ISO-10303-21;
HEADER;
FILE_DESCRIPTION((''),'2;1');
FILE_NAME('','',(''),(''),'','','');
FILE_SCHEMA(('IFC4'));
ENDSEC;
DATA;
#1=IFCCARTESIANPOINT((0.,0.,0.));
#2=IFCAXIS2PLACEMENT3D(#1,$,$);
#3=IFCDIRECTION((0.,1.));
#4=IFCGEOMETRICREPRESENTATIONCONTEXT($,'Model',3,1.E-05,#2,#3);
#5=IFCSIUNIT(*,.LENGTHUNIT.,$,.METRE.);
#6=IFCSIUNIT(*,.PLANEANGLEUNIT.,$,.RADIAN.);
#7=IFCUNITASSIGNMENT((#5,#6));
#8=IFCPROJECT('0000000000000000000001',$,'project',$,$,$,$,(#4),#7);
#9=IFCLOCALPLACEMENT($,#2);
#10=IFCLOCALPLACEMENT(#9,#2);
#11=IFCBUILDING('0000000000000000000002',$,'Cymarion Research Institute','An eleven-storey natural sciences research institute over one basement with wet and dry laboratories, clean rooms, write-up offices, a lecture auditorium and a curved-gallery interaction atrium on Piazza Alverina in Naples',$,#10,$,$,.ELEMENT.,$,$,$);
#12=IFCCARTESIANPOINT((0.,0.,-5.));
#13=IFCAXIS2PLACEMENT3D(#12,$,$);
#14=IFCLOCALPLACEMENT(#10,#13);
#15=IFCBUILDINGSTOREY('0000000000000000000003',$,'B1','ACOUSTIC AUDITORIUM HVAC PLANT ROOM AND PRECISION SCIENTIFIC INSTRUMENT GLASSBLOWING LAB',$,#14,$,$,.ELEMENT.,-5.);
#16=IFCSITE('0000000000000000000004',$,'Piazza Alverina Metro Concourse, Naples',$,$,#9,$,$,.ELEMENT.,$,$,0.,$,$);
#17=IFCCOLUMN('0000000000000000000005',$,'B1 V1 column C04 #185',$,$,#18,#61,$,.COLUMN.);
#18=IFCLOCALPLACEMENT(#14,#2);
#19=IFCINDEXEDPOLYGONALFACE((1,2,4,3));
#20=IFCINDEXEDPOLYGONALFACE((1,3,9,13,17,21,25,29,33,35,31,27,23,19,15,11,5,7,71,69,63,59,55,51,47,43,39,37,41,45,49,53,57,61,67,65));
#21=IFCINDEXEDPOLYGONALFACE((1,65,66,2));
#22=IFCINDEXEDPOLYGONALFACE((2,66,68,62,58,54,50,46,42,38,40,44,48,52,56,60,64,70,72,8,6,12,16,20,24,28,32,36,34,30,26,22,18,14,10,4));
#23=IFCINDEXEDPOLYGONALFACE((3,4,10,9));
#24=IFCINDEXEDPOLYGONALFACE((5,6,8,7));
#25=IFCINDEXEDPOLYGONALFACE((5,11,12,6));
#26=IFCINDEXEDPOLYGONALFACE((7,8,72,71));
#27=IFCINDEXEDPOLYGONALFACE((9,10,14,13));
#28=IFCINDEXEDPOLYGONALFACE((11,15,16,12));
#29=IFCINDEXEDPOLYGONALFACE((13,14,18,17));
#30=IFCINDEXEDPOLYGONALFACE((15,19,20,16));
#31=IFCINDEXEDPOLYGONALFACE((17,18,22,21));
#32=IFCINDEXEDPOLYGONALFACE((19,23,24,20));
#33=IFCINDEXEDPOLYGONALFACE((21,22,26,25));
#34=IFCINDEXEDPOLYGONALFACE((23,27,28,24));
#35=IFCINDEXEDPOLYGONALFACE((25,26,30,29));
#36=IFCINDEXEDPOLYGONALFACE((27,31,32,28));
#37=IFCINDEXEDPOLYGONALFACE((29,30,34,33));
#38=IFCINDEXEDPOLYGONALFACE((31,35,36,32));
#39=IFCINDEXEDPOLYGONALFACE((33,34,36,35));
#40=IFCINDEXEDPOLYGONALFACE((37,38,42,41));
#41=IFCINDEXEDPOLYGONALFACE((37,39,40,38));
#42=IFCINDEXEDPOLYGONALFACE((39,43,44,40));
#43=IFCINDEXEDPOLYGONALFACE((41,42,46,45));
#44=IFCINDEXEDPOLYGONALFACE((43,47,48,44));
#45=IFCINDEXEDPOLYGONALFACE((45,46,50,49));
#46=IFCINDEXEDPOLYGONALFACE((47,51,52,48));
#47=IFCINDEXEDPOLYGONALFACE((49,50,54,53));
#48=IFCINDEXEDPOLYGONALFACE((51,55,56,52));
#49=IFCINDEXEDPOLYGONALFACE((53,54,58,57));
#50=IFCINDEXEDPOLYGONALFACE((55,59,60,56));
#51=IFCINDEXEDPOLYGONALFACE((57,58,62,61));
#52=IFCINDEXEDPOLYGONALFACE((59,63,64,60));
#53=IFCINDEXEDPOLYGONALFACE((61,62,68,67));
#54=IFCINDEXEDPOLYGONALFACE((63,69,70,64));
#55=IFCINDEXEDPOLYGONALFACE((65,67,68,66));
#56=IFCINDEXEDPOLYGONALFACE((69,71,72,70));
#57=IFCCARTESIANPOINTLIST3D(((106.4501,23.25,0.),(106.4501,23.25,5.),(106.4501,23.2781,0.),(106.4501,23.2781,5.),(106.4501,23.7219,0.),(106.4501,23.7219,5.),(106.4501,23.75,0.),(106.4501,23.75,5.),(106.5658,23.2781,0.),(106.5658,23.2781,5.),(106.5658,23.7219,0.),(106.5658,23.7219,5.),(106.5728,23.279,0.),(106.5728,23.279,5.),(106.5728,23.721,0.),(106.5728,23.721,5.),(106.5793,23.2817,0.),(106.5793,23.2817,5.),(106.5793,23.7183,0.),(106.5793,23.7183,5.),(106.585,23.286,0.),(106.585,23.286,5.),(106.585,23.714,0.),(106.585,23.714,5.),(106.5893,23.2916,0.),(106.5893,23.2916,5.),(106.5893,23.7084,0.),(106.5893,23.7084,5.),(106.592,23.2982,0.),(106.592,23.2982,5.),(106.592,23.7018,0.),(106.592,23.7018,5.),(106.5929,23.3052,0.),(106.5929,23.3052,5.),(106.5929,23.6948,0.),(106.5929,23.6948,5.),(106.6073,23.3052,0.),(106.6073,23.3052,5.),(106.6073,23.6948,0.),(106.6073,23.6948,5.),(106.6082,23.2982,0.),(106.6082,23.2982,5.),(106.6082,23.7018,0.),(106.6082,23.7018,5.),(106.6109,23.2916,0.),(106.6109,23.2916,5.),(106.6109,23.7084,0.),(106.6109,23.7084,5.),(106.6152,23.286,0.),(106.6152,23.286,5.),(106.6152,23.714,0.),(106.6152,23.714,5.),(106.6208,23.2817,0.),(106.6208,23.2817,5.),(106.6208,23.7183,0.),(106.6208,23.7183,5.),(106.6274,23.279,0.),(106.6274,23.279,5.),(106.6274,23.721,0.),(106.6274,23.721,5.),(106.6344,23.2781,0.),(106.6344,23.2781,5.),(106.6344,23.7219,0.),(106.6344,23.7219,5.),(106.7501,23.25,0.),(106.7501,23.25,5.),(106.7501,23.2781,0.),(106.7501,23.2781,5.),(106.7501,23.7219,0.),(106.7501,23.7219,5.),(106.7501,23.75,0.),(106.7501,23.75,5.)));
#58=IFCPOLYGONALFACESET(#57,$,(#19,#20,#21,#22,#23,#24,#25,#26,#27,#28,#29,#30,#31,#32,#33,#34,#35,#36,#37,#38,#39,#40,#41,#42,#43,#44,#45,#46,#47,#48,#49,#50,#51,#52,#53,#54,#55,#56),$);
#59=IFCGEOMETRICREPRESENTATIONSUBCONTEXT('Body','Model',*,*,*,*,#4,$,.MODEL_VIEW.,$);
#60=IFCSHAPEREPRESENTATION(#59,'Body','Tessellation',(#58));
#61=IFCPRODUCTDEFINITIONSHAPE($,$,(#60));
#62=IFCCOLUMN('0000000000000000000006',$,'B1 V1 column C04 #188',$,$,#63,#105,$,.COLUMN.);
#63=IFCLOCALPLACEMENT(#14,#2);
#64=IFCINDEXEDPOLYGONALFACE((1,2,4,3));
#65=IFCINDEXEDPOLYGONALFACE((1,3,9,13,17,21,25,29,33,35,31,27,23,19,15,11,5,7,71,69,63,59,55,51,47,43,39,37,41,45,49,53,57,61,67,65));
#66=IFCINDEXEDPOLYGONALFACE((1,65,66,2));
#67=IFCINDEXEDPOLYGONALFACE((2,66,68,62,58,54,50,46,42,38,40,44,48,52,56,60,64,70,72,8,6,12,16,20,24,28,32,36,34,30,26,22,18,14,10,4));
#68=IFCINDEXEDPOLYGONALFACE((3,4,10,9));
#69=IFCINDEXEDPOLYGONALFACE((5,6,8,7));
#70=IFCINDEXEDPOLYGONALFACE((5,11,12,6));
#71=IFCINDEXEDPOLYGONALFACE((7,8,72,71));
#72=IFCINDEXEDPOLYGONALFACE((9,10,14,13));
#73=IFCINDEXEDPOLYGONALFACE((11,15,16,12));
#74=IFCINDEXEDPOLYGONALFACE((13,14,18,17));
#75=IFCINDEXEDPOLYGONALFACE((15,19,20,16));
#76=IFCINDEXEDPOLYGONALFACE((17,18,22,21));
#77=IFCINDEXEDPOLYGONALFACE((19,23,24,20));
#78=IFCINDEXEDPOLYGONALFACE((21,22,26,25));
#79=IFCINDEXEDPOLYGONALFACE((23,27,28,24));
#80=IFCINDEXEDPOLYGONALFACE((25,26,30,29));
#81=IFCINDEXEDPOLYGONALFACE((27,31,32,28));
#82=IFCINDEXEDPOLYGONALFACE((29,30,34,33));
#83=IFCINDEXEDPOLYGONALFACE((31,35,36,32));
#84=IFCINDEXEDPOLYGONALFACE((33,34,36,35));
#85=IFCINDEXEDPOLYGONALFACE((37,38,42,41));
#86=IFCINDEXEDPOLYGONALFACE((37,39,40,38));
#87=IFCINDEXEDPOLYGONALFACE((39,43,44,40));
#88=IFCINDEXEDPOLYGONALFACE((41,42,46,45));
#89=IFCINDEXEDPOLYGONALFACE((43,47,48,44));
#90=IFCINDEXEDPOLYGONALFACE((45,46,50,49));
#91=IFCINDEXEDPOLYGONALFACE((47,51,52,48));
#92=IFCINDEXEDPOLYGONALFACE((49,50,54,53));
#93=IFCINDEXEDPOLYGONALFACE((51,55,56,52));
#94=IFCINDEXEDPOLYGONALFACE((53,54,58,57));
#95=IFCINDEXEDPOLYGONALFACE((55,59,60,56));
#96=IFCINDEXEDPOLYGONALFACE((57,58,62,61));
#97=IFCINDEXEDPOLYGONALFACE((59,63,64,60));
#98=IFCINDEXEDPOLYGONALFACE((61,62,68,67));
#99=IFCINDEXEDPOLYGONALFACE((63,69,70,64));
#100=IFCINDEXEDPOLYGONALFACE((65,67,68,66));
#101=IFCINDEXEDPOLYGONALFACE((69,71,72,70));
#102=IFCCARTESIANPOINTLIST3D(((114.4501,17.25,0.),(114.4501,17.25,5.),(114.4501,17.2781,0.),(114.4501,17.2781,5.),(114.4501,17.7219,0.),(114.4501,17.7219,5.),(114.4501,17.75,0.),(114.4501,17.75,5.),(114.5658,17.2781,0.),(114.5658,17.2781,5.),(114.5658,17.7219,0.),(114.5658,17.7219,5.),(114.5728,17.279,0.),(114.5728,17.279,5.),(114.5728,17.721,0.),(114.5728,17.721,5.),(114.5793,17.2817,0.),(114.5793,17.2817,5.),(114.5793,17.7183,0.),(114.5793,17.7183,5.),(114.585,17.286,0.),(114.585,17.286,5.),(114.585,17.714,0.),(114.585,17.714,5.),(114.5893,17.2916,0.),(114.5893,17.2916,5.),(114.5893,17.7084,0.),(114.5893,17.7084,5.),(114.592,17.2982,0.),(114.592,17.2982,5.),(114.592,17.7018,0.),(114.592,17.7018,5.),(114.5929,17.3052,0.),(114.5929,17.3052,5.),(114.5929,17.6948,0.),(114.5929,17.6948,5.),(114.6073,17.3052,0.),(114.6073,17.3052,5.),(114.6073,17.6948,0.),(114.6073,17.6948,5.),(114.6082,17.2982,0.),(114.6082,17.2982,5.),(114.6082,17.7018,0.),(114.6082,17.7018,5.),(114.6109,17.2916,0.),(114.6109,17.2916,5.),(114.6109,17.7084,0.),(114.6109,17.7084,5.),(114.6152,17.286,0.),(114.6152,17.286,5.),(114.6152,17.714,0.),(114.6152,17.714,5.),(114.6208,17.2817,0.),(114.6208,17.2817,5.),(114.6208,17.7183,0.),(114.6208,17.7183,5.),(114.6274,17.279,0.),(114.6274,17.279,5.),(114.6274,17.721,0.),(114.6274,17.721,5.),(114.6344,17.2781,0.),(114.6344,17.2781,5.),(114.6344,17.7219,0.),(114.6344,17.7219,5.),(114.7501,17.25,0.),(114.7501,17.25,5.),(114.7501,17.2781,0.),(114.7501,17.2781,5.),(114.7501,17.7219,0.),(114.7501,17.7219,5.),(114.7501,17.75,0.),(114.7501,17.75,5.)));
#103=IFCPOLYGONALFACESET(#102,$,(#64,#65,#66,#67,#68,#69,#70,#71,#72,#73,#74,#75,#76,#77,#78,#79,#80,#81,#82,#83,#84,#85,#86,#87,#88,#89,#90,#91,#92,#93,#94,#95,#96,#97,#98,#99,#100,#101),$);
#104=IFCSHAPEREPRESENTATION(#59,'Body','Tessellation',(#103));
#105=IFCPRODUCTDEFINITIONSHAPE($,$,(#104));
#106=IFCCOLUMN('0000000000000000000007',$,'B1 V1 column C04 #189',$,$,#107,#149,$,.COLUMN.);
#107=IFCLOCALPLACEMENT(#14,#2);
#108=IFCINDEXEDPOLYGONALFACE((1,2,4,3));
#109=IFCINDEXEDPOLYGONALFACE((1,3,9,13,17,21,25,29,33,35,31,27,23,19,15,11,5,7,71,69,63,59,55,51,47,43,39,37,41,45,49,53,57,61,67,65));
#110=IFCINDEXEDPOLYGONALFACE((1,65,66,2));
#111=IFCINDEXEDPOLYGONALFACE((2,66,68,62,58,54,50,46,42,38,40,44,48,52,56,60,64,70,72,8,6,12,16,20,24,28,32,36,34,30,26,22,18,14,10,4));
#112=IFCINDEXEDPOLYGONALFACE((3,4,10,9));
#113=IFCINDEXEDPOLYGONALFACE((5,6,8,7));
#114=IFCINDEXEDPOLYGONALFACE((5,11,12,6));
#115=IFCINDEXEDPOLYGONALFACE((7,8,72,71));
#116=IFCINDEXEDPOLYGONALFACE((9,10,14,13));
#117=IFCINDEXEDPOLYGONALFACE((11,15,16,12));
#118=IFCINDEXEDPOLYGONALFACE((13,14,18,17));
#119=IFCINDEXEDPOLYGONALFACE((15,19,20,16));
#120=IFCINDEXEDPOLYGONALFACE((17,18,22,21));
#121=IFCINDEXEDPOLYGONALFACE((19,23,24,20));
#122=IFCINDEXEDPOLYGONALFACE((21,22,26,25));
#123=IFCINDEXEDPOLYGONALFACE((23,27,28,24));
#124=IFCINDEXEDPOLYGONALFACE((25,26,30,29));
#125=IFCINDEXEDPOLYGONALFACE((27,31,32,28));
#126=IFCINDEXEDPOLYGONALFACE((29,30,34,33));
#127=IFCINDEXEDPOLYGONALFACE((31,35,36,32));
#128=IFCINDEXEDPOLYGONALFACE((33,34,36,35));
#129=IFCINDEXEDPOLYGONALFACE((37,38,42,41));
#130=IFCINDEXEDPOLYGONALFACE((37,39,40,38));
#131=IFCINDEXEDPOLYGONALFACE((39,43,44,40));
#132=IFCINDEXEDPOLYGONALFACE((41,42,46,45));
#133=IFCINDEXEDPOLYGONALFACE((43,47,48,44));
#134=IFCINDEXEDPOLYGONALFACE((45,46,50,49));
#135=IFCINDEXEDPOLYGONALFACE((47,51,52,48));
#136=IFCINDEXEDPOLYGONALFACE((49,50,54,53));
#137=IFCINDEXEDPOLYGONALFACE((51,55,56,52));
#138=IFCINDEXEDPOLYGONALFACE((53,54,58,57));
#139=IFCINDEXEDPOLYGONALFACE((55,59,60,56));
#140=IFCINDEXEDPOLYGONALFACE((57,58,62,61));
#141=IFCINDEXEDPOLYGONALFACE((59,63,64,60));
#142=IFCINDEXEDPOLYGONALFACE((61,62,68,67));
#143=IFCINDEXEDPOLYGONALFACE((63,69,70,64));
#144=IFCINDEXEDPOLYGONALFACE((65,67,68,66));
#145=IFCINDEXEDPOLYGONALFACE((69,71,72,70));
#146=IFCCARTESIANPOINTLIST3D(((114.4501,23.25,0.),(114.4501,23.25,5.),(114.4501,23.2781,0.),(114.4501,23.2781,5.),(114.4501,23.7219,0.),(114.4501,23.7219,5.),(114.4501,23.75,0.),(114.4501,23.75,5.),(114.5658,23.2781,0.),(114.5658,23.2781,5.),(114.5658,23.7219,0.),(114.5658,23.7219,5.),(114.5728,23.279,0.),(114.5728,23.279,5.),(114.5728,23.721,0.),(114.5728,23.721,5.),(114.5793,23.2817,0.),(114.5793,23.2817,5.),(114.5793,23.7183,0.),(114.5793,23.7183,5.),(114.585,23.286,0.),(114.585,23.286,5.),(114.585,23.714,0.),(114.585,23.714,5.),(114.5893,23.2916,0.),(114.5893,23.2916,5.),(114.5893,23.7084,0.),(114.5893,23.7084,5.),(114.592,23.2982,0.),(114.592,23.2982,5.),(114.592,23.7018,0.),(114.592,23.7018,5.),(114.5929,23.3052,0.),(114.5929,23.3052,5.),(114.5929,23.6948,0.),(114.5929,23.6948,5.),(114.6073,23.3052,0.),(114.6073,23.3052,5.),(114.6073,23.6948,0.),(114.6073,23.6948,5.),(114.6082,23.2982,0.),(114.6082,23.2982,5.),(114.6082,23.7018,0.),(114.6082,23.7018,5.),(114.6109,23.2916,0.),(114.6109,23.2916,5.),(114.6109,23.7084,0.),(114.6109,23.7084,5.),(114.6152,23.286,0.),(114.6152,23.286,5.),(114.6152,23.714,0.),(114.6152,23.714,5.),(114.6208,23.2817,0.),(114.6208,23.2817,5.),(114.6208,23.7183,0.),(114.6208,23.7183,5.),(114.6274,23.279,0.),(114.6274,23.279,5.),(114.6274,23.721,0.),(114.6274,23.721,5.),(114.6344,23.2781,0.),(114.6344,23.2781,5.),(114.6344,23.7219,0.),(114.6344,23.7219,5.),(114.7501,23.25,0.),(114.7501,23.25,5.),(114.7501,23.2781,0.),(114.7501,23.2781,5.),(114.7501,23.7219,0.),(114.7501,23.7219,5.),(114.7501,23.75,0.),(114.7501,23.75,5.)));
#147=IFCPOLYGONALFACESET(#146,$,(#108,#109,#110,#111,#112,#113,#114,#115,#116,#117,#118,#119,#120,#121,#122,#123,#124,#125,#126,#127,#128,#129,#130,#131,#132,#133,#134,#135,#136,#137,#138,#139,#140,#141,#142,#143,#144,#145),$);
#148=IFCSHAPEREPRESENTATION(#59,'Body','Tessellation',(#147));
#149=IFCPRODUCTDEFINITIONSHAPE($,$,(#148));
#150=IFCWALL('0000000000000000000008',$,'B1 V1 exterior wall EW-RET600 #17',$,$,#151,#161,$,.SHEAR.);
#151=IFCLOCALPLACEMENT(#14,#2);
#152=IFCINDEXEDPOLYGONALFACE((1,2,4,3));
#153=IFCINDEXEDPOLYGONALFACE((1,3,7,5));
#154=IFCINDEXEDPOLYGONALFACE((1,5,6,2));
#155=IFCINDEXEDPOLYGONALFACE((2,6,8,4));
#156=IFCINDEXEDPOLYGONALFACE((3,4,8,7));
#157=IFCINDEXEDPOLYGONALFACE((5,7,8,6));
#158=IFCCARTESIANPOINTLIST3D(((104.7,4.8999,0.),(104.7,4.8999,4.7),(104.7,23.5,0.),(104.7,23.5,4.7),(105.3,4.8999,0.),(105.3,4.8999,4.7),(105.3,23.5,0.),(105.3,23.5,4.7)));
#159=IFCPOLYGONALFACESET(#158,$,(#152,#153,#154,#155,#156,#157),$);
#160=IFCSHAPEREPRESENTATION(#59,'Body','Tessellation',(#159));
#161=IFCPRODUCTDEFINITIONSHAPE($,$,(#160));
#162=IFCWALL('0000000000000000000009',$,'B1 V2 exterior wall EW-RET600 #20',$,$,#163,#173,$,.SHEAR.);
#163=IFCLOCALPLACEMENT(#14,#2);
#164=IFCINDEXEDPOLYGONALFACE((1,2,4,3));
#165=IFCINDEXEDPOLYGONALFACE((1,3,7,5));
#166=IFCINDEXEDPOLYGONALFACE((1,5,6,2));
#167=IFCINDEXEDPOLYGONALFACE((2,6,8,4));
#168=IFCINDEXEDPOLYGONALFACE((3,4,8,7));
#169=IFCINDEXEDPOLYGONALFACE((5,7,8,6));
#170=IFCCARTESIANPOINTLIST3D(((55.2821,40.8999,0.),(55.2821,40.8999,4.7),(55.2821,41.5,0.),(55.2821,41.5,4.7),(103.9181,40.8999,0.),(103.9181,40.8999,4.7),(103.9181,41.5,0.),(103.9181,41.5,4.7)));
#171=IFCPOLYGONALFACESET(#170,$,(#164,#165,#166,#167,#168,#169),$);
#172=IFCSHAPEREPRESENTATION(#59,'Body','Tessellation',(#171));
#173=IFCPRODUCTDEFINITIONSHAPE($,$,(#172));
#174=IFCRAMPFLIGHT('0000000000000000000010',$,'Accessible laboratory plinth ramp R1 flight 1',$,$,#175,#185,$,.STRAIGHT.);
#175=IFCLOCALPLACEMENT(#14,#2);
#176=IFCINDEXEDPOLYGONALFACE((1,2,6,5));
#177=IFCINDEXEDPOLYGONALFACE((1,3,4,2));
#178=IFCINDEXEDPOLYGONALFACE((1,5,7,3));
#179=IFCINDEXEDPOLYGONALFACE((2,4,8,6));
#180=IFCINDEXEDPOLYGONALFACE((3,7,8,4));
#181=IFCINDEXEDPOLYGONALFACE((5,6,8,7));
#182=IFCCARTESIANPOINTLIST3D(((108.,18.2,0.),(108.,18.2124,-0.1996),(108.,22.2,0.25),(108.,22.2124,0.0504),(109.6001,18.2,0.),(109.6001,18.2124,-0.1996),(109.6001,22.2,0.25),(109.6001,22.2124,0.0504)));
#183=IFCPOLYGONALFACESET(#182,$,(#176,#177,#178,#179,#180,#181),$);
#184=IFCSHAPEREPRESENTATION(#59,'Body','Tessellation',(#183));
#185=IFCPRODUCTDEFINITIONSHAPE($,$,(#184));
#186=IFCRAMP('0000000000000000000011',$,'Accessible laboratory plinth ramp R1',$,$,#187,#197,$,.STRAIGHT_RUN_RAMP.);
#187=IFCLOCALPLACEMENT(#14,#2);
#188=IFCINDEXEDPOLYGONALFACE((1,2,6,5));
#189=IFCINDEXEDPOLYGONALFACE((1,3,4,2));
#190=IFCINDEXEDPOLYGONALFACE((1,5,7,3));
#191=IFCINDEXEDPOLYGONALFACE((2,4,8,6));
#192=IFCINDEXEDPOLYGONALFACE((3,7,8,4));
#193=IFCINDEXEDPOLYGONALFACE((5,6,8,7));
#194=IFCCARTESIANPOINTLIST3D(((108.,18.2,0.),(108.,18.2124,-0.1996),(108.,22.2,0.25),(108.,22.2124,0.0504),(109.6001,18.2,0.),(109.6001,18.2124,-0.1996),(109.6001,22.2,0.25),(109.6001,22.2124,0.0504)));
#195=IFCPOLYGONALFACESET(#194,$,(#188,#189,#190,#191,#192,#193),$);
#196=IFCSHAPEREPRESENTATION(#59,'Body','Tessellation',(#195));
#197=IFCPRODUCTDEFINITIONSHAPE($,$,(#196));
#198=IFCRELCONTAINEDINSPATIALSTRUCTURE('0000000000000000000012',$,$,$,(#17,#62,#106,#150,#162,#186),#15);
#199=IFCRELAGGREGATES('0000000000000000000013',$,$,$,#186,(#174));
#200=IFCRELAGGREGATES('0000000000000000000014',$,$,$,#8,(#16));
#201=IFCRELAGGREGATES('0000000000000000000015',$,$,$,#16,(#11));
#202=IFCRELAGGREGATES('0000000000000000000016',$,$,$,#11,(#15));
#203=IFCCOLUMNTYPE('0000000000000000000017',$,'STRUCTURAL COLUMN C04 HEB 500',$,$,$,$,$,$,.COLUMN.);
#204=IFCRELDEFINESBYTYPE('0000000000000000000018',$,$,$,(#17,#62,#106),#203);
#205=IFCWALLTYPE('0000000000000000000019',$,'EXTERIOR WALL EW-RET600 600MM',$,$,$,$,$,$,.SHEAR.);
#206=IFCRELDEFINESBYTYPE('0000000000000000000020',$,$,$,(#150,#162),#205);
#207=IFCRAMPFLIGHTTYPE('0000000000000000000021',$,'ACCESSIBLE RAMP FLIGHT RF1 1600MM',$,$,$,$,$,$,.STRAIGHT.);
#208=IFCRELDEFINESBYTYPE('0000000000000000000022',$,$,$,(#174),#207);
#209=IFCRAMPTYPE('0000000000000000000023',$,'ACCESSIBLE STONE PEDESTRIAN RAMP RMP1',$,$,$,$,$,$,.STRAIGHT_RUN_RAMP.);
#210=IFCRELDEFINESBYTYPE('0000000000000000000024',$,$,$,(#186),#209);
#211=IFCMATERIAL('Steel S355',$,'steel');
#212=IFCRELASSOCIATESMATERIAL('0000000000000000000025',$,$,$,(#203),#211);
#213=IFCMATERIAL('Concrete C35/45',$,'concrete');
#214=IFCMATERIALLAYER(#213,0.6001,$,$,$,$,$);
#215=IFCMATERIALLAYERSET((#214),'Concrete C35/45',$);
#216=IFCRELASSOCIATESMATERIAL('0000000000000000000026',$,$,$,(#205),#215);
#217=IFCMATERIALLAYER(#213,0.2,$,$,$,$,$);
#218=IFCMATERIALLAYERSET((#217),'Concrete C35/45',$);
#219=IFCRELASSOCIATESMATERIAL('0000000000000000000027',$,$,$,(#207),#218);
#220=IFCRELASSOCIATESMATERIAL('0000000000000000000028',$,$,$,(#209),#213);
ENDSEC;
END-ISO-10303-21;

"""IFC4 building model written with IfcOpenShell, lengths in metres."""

from ifc_helpers import new_model, si_unit, direction, frame, frame_2d, origin, origin_2d, place, context, subcontext, project, spatial, polyline, rectangle, i_section, outline, extrude, material, layer, layer_set, material_profile, profile_set, type_object, element, aggregate, save


model = new_model("IFC4")

# Units and contexts
model_context = context("Model", 3, precision=1e-05, world=origin(), true_north=direction((0.0, 1.0)))
body_context = subcontext(model_context, "Body", "Model", "MODEL_VIEW")
ifc_project = project(units=[si_unit("LENGTHUNIT", "METRE"), si_unit("PLANEANGLEUNIT", "RADIAN")], contexts=[model_context])

# Site, building, storey
site_placement = place(None, origin())
site = spatial("IfcSite", under=ifc_project, at=site_placement, Name="Piazza Alverina Metro Concourse, Naples", CompositionType="ELEMENT", RefElevation=0.0)
building_placement = place(site_placement, origin())
building = spatial("IfcBuilding", under=site, at=building_placement, Name="Cymarion Research Institute", Description="An eleven-storey natural sciences research institute over one basement with wet and dry laboratories, clean rooms, write-up offices, a lecture auditorium and a curved-gallery interaction atrium on Piazza Alverina in Naples", CompositionType="ELEMENT")
storey_placement = place(building_placement, frame((0.0, 0.0, -5.0)))
storey = spatial("IfcBuildingStorey", under=building, at=storey_placement, Name="B1", Description="ACOUSTIC AUDITORIUM HVAC PLANT ROOM AND PRECISION SCIENTIFIC INSTRUMENT GLASSBLOWING LAB", CompositionType="ELEMENT", Elevation=-5.0)

# Shared definitions
ifc_material_1 = material(Name="Concrete C35/45", Category="concrete")

# Columns
ifc_material_2 = material(Name="Steel S355", Category="steel")
ifc_material_profile_1 = material_profile(ifc_material_2, i_section(OverallWidth=0.3, OverallDepth=0.5, WebThickness=0.0144, FlangeThickness=0.0281, FilletRadius=0.0271, at=origin_2d()), Name="HEB 500")
ifc_profile_set_1 = profile_set([ifc_material_profile_1], Name="Steel S355")
column_type_1 = type_object("IfcColumnType", Name="STRUCTURAL COLUMN C04 HEB 500", PredefinedType="COLUMN", material=ifc_profile_set_1)
for number, where, z_axis, x_axis, name in (
    (1, (106.6001, 23.5, 0.0), (0.0, 0.0, 1.0), (1.0, 0.0, 0.0), "B1 V1 column C04 #185"),
    (2, (114.6001, 17.5, 0.0), (0.0, 0.0, 1.0), (1.0, 0.0, 0.0), "B1 V1 column C04 #188"),
    (3, (114.6001, 23.5, 0.0), (0.0, 0.0, 1.0), (1.0, 0.0, 0.0), "B1 V1 column C04 #189"),
):
    element("IfcColumn", number, at=place(storey_placement, frame(where, z_axis=z_axis, x_axis=x_axis)), inside=storey, type_object=column_type_1, Name=name, PredefinedType="COLUMN", context=body_context, shape_type="SweptSolid", body=[
        extrude(i_section(OverallWidth=0.3, OverallDepth=0.5, WebThickness=0.0144, FlangeThickness=0.0281, FilletRadius=0.0271, at=origin_2d()), origin(), (0.0, 0.0, 1.0), 5.0),
    ])

# Walls
ifc_layer_1 = layer(ifc_material_1, 0.6001)
ifc_layer_set_1 = layer_set([ifc_layer_1], Name="Concrete C35/45")
wall_type = type_object("IfcWallType", Name="EXTERIOR WALL EW-RET600 600MM", PredefinedType="SHEAR", material=ifc_layer_set_1)
wall_1_placement = place(storey_placement, frame((105.0, 23.5, 0.0), z_axis=(0.0, 0.0, 1.0), x_axis=(0.0, -1.0, 0.0)))
element("IfcWall", 4, at=wall_1_placement, inside=storey, type_object=wall_type, Name="B1 V1 exterior wall EW-RET600 #17", PredefinedType="SHEAR", context=body_context, shape_type="SweptSolid", body=[
    extrude(rectangle(XDim=18.6001, YDim=0.6001, at=frame_2d((9.3, 0.0))), origin(), (0.0, 0.0, 1.0), 4.7),
])
wall_2_placement = place(storey_placement, frame((103.918, 41.2, 0.0), z_axis=(0.0, 0.0, 1.0), x_axis=(-1.0, 0.0, 0.0)))
element("IfcWall", 5, at=wall_2_placement, inside=storey, type_object=wall_type, Name="B1 V2 exterior wall EW-RET600 #20", PredefinedType="SHEAR", context=body_context, shape_type="SweptSolid", body=[
    extrude(rectangle(XDim=48.636, YDim=0.6001, at=frame_2d((24.3179, 0.0))), origin(), (0.0, 0.0, 1.0), 4.7),
])

# Ramp flight
ifc_layer_2 = layer(ifc_material_1, 0.2)
ifc_layer_set_2 = layer_set([ifc_layer_2], Name="Concrete C35/45")
ramp_flight_type = type_object("IfcRampFlightType", Name="ACCESSIBLE RAMP FLIGHT RF1 1600MM", PredefinedType="STRAIGHT", material=ifc_layer_set_2)
ramp_flight_placement = place(storey_placement, frame((108.0, 18.2, 0.0), z_axis=(0.0, -0.062378, 0.998053), x_axis=(1.0, 0.0, 0.0)))
ramp_flight = element("IfcRampFlight", 6, at=ramp_flight_placement, type_object=ramp_flight_type, Name="Accessible laboratory plinth ramp R1 flight 1", PredefinedType="STRAIGHT", context=body_context, shape_type="SweptSolid", body=[
    extrude(outline(polyline([(0.0, 0.0), (1.6001, 0.0), (1.6001, 4.0078), (0.0, 4.0078), (0.0, 0.0)])), origin(), (0.0, 0.0, -1.0), 0.2),
])

# Ramp
ramp_type = type_object("IfcRampType", Name="ACCESSIBLE STONE PEDESTRIAN RAMP RMP1", PredefinedType="STRAIGHT_RUN_RAMP", material=ifc_material_1)
ramp_placement = place(storey_placement, frame((108.0, 18.2, 0.0), z_axis=(0.0, -0.062378, 0.998053), x_axis=(1.0, 0.0, 0.0)))
ramp = element("IfcRamp", 7, at=ramp_placement, inside=storey, type_object=ramp_type, Name="Accessible laboratory plinth ramp R1", PredefinedType="STRAIGHT_RUN_RAMP", context=body_context, shape_type="SweptSolid", body=[
    extrude(outline(polyline([(0.0, 0.0), (1.6001, 0.0), (1.6001, 4.0078), (0.0, 4.0078), (0.0, 0.0)])), origin(), (0.0, 0.0, -1.0), 0.2),
])
aggregate(ramp, [ramp_flight])

save(model, "model.ifc")
